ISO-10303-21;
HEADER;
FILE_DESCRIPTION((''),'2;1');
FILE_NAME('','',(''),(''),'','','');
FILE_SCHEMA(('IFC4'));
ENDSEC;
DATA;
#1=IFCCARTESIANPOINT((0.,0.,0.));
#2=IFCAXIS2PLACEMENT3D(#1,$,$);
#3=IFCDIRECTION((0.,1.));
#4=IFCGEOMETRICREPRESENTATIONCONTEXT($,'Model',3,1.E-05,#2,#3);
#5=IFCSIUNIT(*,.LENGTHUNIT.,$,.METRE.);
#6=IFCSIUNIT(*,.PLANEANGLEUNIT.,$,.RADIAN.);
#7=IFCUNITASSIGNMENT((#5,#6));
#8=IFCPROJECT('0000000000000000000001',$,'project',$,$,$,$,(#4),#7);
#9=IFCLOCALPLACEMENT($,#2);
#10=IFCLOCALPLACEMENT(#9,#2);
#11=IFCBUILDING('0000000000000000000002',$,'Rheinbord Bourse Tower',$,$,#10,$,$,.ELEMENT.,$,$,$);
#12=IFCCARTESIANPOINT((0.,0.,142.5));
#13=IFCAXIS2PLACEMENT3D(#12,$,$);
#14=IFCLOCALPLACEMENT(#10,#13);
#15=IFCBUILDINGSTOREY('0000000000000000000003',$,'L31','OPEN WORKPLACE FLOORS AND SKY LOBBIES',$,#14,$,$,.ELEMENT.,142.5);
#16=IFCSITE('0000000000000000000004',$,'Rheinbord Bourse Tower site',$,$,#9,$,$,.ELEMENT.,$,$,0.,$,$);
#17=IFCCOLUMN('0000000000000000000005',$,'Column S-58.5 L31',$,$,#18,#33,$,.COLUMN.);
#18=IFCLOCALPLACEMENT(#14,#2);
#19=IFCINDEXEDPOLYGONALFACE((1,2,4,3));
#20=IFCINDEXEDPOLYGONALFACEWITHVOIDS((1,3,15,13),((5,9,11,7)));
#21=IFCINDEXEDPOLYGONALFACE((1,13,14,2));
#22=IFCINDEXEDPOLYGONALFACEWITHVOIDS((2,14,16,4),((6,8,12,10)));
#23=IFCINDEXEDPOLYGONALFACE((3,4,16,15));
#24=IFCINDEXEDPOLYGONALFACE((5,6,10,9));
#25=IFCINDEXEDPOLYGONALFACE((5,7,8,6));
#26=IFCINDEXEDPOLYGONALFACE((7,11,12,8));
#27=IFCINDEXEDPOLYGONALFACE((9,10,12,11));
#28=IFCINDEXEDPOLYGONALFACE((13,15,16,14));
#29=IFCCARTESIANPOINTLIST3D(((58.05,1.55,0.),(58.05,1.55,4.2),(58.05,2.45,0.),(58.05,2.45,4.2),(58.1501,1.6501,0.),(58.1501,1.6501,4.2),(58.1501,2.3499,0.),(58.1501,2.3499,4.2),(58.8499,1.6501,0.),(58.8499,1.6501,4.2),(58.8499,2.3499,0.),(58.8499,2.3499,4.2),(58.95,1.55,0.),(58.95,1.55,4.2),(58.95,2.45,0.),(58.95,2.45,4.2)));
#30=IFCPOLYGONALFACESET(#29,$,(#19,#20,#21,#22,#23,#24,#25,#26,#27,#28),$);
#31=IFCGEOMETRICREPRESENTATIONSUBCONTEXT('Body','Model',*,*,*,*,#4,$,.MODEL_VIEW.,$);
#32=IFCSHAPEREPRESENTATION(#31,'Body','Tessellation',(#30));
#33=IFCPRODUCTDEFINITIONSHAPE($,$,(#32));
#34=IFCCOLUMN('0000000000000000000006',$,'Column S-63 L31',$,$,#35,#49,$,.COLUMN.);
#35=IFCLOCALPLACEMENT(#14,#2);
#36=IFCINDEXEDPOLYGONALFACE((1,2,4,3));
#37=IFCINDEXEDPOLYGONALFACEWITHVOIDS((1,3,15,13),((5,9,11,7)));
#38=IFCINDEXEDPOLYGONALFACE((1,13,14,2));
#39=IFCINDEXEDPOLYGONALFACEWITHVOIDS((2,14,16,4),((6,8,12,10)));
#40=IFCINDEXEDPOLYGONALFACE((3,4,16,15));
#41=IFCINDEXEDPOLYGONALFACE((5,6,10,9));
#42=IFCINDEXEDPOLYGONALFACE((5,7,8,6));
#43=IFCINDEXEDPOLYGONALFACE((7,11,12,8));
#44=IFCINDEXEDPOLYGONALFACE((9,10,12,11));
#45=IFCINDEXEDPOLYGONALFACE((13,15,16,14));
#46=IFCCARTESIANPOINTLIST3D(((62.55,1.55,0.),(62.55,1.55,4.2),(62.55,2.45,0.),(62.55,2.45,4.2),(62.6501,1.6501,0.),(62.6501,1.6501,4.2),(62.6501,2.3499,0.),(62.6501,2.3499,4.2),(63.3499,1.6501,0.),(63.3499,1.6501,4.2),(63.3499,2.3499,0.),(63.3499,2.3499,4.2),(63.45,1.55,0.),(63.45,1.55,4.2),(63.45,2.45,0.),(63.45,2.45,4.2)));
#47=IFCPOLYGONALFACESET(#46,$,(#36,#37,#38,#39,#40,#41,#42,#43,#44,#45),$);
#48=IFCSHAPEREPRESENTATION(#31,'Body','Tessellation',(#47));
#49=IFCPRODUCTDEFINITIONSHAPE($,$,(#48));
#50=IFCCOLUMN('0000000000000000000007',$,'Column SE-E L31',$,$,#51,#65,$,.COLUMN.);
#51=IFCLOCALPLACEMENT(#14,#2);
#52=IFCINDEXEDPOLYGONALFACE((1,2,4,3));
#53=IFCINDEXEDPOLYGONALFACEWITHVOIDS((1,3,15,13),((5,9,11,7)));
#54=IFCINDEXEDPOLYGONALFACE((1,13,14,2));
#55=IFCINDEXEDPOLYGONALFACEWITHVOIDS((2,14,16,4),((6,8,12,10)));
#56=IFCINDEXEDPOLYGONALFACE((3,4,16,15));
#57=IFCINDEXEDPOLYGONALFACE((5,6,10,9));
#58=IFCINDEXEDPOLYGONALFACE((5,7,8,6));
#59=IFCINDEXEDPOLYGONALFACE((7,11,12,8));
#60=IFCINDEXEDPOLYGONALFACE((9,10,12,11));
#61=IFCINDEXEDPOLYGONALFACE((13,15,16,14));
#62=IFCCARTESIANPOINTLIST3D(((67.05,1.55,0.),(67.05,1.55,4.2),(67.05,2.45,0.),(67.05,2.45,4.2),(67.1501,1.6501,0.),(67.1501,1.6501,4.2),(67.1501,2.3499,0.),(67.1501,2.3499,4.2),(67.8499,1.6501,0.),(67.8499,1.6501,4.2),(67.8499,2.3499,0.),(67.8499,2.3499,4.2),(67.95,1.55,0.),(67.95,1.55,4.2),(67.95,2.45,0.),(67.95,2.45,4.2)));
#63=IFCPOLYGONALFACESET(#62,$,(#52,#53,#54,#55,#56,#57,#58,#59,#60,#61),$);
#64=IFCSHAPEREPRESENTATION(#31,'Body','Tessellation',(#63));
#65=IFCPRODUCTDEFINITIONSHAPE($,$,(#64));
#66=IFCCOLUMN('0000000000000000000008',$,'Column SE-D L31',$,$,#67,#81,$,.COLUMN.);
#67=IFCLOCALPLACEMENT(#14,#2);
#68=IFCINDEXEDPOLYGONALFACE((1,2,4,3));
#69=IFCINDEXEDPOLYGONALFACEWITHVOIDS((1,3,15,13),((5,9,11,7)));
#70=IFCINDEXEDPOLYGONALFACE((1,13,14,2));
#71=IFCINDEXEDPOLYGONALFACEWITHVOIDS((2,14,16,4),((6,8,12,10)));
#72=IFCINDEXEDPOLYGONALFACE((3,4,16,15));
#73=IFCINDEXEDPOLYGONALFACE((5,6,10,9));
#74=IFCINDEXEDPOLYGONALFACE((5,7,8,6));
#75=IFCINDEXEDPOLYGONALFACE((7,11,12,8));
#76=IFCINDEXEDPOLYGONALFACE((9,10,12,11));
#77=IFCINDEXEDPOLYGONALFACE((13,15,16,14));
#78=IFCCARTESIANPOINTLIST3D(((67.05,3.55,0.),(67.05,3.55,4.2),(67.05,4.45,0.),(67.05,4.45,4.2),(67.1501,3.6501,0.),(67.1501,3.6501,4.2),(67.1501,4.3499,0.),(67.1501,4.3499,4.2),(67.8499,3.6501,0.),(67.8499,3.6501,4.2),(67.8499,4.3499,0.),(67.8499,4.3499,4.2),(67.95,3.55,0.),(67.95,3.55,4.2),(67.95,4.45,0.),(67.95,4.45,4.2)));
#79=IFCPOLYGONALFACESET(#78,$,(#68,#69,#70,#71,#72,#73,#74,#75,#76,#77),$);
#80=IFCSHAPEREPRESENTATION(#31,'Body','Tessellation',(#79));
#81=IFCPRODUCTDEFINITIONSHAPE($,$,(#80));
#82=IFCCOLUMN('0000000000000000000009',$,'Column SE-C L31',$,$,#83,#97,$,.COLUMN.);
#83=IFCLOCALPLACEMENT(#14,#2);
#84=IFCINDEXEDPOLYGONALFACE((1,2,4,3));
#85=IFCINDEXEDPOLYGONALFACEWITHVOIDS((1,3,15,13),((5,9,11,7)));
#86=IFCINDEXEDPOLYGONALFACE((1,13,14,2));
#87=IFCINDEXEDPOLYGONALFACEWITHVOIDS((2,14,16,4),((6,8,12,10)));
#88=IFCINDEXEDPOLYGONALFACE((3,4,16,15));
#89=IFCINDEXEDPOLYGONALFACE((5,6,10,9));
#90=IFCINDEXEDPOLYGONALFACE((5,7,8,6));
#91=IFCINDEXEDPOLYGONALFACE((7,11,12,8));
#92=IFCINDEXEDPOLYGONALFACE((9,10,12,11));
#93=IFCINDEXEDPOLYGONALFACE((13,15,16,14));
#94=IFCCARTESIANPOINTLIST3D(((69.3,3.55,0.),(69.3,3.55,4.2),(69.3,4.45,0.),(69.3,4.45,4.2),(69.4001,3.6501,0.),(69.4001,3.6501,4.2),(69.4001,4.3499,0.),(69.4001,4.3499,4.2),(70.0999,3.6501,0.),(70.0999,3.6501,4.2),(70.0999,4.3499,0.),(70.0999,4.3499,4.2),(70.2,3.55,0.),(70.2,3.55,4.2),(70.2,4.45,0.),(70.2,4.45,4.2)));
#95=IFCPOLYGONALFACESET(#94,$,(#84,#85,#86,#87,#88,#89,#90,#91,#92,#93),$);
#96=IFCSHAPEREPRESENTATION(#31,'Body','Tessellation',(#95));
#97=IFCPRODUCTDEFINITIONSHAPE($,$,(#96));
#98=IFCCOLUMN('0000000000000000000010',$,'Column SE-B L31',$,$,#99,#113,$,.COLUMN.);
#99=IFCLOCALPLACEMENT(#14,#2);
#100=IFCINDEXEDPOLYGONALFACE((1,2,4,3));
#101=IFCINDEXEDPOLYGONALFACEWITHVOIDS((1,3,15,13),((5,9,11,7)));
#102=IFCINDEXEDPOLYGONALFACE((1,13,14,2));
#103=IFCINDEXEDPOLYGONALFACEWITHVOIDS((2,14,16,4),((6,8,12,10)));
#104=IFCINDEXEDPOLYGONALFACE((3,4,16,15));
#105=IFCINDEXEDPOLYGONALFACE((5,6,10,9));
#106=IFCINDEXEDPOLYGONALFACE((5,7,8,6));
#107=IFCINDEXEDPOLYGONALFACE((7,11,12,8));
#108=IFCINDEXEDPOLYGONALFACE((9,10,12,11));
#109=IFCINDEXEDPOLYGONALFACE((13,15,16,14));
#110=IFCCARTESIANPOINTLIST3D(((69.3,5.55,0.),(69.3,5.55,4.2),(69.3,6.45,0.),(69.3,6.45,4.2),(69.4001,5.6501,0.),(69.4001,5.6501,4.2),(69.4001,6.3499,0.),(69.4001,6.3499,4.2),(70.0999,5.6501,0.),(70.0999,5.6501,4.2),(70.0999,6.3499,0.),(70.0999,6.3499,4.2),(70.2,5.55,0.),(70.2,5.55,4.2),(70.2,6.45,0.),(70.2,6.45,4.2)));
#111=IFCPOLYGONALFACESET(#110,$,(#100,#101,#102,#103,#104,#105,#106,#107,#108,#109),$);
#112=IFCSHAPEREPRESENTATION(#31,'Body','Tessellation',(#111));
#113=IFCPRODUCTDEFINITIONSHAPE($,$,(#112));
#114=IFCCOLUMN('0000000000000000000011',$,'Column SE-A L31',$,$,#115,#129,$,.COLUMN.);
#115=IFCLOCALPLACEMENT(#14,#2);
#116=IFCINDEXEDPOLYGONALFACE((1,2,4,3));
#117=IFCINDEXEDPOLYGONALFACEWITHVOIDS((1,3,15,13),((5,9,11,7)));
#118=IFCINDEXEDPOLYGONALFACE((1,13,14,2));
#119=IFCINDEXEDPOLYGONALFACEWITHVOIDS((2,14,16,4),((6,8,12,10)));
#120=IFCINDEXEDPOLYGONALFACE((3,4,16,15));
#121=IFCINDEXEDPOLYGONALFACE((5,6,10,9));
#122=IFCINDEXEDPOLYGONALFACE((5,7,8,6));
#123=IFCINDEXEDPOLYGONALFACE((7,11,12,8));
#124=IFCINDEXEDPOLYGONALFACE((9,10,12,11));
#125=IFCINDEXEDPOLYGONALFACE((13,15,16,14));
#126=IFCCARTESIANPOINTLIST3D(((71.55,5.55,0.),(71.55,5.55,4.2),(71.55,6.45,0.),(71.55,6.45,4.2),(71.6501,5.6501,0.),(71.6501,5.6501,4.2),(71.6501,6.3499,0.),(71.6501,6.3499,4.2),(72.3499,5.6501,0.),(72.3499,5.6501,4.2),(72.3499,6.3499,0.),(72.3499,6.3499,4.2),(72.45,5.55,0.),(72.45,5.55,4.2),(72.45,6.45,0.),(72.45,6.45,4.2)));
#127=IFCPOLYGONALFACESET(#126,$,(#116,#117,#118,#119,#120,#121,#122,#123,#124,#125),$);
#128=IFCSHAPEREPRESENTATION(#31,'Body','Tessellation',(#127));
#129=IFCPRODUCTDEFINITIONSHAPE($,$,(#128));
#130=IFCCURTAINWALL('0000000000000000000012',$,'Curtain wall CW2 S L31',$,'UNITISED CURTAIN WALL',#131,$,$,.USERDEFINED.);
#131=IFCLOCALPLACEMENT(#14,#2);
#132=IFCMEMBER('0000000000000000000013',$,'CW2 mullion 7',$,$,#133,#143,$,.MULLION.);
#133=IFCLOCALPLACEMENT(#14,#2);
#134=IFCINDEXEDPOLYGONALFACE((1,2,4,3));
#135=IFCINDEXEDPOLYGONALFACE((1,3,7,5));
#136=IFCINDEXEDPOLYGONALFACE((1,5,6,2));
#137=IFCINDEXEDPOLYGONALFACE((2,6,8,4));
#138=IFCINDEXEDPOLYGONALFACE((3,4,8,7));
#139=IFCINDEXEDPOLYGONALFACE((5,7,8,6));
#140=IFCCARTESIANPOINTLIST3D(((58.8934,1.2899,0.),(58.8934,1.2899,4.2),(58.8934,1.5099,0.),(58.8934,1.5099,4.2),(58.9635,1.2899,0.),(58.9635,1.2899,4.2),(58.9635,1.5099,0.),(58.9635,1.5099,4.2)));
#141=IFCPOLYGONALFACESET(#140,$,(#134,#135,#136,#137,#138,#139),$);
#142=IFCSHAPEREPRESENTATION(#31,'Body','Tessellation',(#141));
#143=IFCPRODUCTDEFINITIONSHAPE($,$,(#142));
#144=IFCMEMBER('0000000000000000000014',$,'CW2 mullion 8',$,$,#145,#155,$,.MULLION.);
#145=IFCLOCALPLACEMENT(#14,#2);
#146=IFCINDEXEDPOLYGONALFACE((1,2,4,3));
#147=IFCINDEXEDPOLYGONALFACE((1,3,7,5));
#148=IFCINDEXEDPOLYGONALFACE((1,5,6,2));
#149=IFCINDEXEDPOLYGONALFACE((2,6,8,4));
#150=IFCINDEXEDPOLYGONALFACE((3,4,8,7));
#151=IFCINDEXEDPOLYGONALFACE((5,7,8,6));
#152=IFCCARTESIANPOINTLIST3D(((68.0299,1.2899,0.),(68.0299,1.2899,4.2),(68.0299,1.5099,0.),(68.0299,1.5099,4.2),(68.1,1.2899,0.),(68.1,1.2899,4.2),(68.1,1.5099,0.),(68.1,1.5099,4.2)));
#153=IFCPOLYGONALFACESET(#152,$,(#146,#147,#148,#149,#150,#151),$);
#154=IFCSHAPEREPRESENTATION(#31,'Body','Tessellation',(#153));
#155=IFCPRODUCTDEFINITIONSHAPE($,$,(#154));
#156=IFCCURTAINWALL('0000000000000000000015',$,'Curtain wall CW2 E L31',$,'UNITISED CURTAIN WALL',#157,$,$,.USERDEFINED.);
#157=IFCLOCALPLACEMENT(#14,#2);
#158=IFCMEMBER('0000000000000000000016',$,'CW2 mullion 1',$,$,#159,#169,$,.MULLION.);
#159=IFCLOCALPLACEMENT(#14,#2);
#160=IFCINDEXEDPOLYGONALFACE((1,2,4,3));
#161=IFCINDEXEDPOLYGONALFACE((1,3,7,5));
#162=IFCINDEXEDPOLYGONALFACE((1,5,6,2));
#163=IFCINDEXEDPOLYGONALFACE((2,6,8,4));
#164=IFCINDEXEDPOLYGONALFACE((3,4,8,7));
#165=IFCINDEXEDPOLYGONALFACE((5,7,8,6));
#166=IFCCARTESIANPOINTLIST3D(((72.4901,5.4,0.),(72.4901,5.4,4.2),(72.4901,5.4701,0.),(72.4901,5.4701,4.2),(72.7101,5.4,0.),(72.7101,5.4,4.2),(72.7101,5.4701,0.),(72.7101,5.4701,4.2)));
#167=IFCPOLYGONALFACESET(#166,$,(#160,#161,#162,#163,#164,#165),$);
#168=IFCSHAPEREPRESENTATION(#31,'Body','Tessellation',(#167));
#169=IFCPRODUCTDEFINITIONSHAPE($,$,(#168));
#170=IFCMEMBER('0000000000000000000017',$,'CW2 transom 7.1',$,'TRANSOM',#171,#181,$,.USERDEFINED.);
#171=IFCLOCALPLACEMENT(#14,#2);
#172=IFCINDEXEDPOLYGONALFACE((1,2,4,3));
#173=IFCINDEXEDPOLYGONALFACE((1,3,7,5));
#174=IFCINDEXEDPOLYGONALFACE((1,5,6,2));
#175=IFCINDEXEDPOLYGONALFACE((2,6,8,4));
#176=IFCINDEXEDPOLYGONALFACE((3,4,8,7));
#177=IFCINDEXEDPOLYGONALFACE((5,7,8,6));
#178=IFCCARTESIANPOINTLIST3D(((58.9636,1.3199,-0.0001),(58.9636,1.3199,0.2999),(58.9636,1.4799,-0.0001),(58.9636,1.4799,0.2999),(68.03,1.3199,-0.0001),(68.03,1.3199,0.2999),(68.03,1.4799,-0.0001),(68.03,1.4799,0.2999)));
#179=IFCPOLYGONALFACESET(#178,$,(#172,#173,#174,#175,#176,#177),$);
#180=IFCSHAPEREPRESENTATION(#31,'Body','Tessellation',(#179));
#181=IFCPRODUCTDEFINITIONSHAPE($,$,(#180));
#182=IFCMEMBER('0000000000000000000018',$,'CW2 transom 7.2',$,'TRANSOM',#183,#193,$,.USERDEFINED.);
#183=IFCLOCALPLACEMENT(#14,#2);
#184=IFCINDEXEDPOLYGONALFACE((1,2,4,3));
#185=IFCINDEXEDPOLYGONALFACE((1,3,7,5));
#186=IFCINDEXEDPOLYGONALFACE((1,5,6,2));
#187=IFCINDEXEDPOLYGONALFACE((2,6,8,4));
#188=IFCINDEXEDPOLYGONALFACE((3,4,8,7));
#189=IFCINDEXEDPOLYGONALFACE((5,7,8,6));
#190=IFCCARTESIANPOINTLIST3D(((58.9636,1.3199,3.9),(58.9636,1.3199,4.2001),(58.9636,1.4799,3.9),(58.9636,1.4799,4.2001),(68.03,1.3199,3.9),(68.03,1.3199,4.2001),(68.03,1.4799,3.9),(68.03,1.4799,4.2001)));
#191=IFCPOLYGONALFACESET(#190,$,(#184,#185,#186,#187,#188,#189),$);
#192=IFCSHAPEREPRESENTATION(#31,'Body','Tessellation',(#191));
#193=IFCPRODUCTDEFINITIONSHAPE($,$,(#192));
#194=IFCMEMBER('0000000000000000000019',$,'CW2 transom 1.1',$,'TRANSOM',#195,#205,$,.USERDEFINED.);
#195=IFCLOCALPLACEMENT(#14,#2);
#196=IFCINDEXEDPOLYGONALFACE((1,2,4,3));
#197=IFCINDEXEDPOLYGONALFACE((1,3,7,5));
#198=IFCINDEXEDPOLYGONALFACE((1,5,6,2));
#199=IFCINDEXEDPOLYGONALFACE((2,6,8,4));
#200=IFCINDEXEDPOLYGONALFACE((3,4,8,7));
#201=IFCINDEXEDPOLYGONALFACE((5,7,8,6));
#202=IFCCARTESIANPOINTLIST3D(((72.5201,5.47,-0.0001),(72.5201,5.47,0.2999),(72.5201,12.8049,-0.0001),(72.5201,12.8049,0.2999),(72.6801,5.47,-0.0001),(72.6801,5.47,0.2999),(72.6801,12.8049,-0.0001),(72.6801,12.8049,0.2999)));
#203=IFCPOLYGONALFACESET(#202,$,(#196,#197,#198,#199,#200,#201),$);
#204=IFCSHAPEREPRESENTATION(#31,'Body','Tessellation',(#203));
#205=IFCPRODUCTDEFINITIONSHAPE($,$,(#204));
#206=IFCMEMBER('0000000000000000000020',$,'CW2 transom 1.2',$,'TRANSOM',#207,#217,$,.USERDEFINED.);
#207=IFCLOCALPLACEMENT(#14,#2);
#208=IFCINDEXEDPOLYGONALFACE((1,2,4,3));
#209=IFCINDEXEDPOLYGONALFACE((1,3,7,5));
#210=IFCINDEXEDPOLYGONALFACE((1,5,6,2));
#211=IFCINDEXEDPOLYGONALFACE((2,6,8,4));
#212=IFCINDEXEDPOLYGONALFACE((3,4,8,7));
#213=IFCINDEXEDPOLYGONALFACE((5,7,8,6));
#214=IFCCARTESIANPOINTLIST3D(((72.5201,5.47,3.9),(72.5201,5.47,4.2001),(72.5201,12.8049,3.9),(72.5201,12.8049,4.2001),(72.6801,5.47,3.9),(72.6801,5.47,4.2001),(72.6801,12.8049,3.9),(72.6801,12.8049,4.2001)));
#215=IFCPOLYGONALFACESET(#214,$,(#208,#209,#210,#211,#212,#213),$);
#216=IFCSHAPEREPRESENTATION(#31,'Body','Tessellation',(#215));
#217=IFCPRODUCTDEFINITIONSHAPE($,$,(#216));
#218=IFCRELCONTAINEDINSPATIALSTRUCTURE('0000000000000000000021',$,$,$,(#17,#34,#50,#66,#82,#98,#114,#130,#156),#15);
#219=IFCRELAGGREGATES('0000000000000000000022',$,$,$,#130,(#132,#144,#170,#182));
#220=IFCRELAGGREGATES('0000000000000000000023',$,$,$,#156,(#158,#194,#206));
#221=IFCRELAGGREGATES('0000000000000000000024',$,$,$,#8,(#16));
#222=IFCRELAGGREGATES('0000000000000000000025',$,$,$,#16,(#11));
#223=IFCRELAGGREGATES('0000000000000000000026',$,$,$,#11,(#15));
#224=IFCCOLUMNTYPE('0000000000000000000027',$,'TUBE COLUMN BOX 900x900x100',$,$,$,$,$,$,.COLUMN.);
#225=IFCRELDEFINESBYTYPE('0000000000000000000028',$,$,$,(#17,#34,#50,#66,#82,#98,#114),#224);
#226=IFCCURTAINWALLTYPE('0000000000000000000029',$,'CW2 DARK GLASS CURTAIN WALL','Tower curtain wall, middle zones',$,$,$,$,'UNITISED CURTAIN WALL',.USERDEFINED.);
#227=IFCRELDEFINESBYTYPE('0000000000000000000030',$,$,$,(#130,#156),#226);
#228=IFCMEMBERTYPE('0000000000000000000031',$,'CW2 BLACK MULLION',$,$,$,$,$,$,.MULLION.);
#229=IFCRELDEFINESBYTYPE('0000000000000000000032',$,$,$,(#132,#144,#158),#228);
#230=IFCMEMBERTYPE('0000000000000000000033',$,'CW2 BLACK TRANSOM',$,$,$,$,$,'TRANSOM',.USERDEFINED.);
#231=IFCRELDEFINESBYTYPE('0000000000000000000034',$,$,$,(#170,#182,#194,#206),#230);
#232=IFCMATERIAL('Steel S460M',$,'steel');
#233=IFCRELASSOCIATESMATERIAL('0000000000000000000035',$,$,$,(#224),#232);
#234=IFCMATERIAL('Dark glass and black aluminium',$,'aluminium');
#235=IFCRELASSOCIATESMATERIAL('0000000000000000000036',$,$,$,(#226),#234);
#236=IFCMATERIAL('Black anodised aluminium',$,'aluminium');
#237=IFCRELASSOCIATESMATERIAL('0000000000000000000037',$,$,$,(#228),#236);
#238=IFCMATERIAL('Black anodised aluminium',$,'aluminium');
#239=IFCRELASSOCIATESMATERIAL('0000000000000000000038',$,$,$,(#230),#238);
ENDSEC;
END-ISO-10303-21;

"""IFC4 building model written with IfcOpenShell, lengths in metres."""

from ifc_helpers import new_model, si_unit, direction, frame, origin, origin_2d, place, context, subcontext, project, spatial, rectangle, hollow_rectangle, extrude, material, material_profile, profile_set, type_object, element, aggregate, save


model = new_model("IFC4")

# Units and contexts
model_context = context("Model", 3, precision=1e-05, world=origin(), true_north=direction((0.0, 1.0)))
body_context = subcontext(model_context, "Body", "Model", "MODEL_VIEW")
ifc_project = project(units=[si_unit("LENGTHUNIT", "METRE"), si_unit("PLANEANGLEUNIT", "RADIAN")], contexts=[model_context])

# Site, building, storey
site_placement = place(None, origin())
site = spatial("IfcSite", under=ifc_project, at=site_placement, Name="Rheinbord Bourse Tower site", CompositionType="ELEMENT", RefElevation=0.0)
building_placement = place(site_placement, origin())
building = spatial("IfcBuilding", under=site, at=building_placement, Name="Rheinbord Bourse Tower", CompositionType="ELEMENT")
storey_placement = place(building_placement, frame((0.0, 0.0, 142.5)))
storey = spatial("IfcBuildingStorey", under=building, at=storey_placement, Name="L31", Description="OPEN WORKPLACE FLOORS AND SKY LOBBIES", CompositionType="ELEMENT", Elevation=142.5)

# Columns
ifc_material_1 = material(Name="Steel S460M", Category="steel")
ifc_material_profile_1 = material_profile(ifc_material_1, hollow_rectangle(XDim=0.8999, YDim=0.8999, WallThickness=0.1001, at=origin_2d()), Name="BOX 900x900x100")
ifc_profile_set_1 = profile_set([ifc_material_profile_1], Name="Steel S460M")
column_type = type_object("IfcColumnType", Name="TUBE COLUMN BOX 900x900x100", PredefinedType="COLUMN", material=ifc_profile_set_1)
for number, where, z_axis, x_axis, name in (
    (1, (58.5, 2.0, 0.0), (0.0, 0.0, 1.0), (0.0, 1.0, 0.0), "Column S-58.5 L31"),
    (2, (63.0, 2.0, 0.0), (0.0, 0.0, 1.0), (0.0, 1.0, 0.0), "Column S-63 L31"),
    (3, (67.5, 2.0, 0.0), (0.0, 0.0, 1.0), (0.0, 1.0, 0.0), "Column SE-E L31"),
    (4, (67.5, 4.0, 0.0), (0.0, 0.0, 1.0), (0.0, 1.0, 0.0), "Column SE-D L31"),
    (5, (69.75, 4.0, 0.0), (0.0, 0.0, 1.0), (1.0, 0.0, 0.0), "Column SE-C L31"),
    (6, (69.75, 6.0, 0.0), (0.0, 0.0, 1.0), (1.0, 0.0, 0.0), "Column SE-B L31"),
    (7, (72.0, 6.0, 0.0), (0.0, 0.0, 1.0), (1.0, 0.0, 0.0), "Column SE-A L31"),
):
    element("IfcColumn", number, at=place(storey_placement, frame(where, z_axis=z_axis, x_axis=x_axis)), inside=storey, type_object=column_type, Name=name, PredefinedType="COLUMN", context=body_context, shape_type="SweptSolid", body=[
        extrude(hollow_rectangle(XDim=0.8999, YDim=0.8999, WallThickness=0.1001, at=origin_2d()), origin(), (0.0, 0.0, 1.0), 4.2),
    ])

# Curtain wall, members
ifc_material_2 = material(Name="Dark glass and black aluminium", Category="aluminium")
curtain_wall_type = type_object("IfcCurtainWallType", Name="CW2 DARK GLASS CURTAIN WALL", Description="Tower curtain wall, middle zones", ElementType="UNITISED CURTAIN WALL", PredefinedType="USERDEFINED", material=ifc_material_2)
curtain_wall_1_placement = place(storey_placement, origin())
curtain_wall_1 = element("IfcCurtainWall", 8, at=curtain_wall_1_placement, inside=storey, type_object=curtain_wall_type, Name="Curtain wall CW2 S L31", ObjectType="UNITISED CURTAIN WALL", PredefinedType="USERDEFINED")
ifc_material_3 = material(Name="Black anodised aluminium", Category="aluminium")
ifc_material_profile_2 = material_profile(ifc_material_3, rectangle(XDim=0.22, YDim=0.0701, at=origin_2d()), Name="CW2 MULLION 70x220")
ifc_profile_set_2 = profile_set([ifc_material_profile_2], Name="Black anodised aluminium")
member_type_1 = type_object("IfcMemberType", Name="CW2 BLACK MULLION", PredefinedType="MULLION", material=ifc_profile_set_2)
member_1_placement = place(storey_placement, frame((58.9285, 1.3999, 0.0), z_axis=(0.0, 0.0, 1.0), x_axis=(0.0, 1.0, 0.0)))
member_1 = element("IfcMember", 9, at=member_1_placement, type_object=member_type_1, Name="CW2 mullion 7", PredefinedType="MULLION", context=body_context, shape_type="SweptSolid", body=[
    extrude(rectangle(XDim=0.22, YDim=0.0701, at=origin_2d()), origin(), (0.0, 0.0, 1.0), 4.2),
])
member_2_placement = place(storey_placement, frame((68.0649, 1.3999, 0.0), z_axis=(0.0, 0.0, 1.0), x_axis=(0.0, 1.0, 0.0)))
member_2 = element("IfcMember", 10, at=member_2_placement, type_object=member_type_1, Name="CW2 mullion 8", PredefinedType="MULLION", context=body_context, shape_type="SweptSolid", body=[
    extrude(rectangle(XDim=0.22, YDim=0.0701, at=origin_2d()), origin(), (0.0, 0.0, 1.0), 4.2),
])

# Curtain wall, member
curtain_wall_2_placement = place(storey_placement, origin())
curtain_wall_2 = element("IfcCurtainWall", 11, at=curtain_wall_2_placement, inside=storey, type_object=curtain_wall_type, Name="Curtain wall CW2 E L31", ObjectType="UNITISED CURTAIN WALL", PredefinedType="USERDEFINED")
member_3_placement = place(storey_placement, frame((72.6001, 5.4351, 0.0), z_axis=(0.0, 0.0, 1.0), x_axis=(-1.0, 0.0, 0.0)))
member_3 = element("IfcMember", 12, at=member_3_placement, type_object=member_type_1, Name="CW2 mullion 1", PredefinedType="MULLION", context=body_context, shape_type="SweptSolid", body=[
    extrude(rectangle(XDim=0.22, YDim=0.0701, at=origin_2d()), origin(), (0.0, 0.0, 1.0), 4.2),
])

# Members
ifc_material_4 = material(Name="Black anodised aluminium", Category="aluminium")
ifc_material_profile_3 = material_profile(ifc_material_4, rectangle(XDim=0.1599, YDim=0.3, at=origin_2d()), Name="CW2 TRANSOM 300x160")
ifc_profile_set_3 = profile_set([ifc_material_profile_3], Name="Black anodised aluminium")
member_type_2 = type_object("IfcMemberType", Name="CW2 BLACK TRANSOM", ElementType="TRANSOM", PredefinedType="USERDEFINED", material=ifc_profile_set_3)
member_4_placement = place(storey_placement, frame((58.9636, 1.3999, 0.1499), z_axis=(1.0, 0.0, 0.0), x_axis=(0.0, 1.0, 0.0)))
member_4 = element("IfcMember", 13, at=member_4_placement, type_object=member_type_2, Name="CW2 transom 7.1", ObjectType="TRANSOM", PredefinedType="USERDEFINED", context=body_context, shape_type="SweptSolid", body=[
    extrude(rectangle(XDim=0.1599, YDim=0.3, at=origin_2d()), origin(), (0.0, 0.0, 1.0), 9.0664),
])
member_5_placement = place(storey_placement, frame((58.9636, 1.3999, 4.05), z_axis=(1.0, 0.0, 0.0), x_axis=(0.0, 1.0, 0.0)))
member_5 = element("IfcMember", 14, at=member_5_placement, type_object=member_type_2, Name="CW2 transom 7.2", ObjectType="TRANSOM", PredefinedType="USERDEFINED", context=body_context, shape_type="SweptSolid", body=[
    extrude(rectangle(XDim=0.1599, YDim=0.3, at=origin_2d()), origin(), (0.0, 0.0, 1.0), 9.0664),
])
member_6_placement = place(storey_placement, frame((72.6001, 5.47, 0.1499), z_axis=(0.0, 1.0, 0.0), x_axis=(-1.0, 0.0, 0.0)))
member_6 = element("IfcMember", 15, at=member_6_placement, type_object=member_type_2, Name="CW2 transom 1.1", ObjectType="TRANSOM", PredefinedType="USERDEFINED", context=body_context, shape_type="SweptSolid", body=[
    extrude(rectangle(XDim=0.1599, YDim=0.3, at=origin_2d()), origin(), (0.0, 0.0, 1.0), 7.335),
])
member_7_placement = place(storey_placement, frame((72.6001, 5.47, 4.05), z_axis=(0.0, 1.0, 0.0), x_axis=(-1.0, 0.0, 0.0)))
member_7 = element("IfcMember", 16, at=member_7_placement, type_object=member_type_2, Name="CW2 transom 1.2", ObjectType="TRANSOM", PredefinedType="USERDEFINED", context=body_context, shape_type="SweptSolid", body=[
    extrude(rectangle(XDim=0.1599, YDim=0.3, at=origin_2d()), origin(), (0.0, 0.0, 1.0), 7.335),
])

aggregate(curtain_wall_1, [member_1, member_2, member_4, member_5])
aggregate(curtain_wall_2, [member_3, member_6, member_7])

save(model, "model.ifc")
